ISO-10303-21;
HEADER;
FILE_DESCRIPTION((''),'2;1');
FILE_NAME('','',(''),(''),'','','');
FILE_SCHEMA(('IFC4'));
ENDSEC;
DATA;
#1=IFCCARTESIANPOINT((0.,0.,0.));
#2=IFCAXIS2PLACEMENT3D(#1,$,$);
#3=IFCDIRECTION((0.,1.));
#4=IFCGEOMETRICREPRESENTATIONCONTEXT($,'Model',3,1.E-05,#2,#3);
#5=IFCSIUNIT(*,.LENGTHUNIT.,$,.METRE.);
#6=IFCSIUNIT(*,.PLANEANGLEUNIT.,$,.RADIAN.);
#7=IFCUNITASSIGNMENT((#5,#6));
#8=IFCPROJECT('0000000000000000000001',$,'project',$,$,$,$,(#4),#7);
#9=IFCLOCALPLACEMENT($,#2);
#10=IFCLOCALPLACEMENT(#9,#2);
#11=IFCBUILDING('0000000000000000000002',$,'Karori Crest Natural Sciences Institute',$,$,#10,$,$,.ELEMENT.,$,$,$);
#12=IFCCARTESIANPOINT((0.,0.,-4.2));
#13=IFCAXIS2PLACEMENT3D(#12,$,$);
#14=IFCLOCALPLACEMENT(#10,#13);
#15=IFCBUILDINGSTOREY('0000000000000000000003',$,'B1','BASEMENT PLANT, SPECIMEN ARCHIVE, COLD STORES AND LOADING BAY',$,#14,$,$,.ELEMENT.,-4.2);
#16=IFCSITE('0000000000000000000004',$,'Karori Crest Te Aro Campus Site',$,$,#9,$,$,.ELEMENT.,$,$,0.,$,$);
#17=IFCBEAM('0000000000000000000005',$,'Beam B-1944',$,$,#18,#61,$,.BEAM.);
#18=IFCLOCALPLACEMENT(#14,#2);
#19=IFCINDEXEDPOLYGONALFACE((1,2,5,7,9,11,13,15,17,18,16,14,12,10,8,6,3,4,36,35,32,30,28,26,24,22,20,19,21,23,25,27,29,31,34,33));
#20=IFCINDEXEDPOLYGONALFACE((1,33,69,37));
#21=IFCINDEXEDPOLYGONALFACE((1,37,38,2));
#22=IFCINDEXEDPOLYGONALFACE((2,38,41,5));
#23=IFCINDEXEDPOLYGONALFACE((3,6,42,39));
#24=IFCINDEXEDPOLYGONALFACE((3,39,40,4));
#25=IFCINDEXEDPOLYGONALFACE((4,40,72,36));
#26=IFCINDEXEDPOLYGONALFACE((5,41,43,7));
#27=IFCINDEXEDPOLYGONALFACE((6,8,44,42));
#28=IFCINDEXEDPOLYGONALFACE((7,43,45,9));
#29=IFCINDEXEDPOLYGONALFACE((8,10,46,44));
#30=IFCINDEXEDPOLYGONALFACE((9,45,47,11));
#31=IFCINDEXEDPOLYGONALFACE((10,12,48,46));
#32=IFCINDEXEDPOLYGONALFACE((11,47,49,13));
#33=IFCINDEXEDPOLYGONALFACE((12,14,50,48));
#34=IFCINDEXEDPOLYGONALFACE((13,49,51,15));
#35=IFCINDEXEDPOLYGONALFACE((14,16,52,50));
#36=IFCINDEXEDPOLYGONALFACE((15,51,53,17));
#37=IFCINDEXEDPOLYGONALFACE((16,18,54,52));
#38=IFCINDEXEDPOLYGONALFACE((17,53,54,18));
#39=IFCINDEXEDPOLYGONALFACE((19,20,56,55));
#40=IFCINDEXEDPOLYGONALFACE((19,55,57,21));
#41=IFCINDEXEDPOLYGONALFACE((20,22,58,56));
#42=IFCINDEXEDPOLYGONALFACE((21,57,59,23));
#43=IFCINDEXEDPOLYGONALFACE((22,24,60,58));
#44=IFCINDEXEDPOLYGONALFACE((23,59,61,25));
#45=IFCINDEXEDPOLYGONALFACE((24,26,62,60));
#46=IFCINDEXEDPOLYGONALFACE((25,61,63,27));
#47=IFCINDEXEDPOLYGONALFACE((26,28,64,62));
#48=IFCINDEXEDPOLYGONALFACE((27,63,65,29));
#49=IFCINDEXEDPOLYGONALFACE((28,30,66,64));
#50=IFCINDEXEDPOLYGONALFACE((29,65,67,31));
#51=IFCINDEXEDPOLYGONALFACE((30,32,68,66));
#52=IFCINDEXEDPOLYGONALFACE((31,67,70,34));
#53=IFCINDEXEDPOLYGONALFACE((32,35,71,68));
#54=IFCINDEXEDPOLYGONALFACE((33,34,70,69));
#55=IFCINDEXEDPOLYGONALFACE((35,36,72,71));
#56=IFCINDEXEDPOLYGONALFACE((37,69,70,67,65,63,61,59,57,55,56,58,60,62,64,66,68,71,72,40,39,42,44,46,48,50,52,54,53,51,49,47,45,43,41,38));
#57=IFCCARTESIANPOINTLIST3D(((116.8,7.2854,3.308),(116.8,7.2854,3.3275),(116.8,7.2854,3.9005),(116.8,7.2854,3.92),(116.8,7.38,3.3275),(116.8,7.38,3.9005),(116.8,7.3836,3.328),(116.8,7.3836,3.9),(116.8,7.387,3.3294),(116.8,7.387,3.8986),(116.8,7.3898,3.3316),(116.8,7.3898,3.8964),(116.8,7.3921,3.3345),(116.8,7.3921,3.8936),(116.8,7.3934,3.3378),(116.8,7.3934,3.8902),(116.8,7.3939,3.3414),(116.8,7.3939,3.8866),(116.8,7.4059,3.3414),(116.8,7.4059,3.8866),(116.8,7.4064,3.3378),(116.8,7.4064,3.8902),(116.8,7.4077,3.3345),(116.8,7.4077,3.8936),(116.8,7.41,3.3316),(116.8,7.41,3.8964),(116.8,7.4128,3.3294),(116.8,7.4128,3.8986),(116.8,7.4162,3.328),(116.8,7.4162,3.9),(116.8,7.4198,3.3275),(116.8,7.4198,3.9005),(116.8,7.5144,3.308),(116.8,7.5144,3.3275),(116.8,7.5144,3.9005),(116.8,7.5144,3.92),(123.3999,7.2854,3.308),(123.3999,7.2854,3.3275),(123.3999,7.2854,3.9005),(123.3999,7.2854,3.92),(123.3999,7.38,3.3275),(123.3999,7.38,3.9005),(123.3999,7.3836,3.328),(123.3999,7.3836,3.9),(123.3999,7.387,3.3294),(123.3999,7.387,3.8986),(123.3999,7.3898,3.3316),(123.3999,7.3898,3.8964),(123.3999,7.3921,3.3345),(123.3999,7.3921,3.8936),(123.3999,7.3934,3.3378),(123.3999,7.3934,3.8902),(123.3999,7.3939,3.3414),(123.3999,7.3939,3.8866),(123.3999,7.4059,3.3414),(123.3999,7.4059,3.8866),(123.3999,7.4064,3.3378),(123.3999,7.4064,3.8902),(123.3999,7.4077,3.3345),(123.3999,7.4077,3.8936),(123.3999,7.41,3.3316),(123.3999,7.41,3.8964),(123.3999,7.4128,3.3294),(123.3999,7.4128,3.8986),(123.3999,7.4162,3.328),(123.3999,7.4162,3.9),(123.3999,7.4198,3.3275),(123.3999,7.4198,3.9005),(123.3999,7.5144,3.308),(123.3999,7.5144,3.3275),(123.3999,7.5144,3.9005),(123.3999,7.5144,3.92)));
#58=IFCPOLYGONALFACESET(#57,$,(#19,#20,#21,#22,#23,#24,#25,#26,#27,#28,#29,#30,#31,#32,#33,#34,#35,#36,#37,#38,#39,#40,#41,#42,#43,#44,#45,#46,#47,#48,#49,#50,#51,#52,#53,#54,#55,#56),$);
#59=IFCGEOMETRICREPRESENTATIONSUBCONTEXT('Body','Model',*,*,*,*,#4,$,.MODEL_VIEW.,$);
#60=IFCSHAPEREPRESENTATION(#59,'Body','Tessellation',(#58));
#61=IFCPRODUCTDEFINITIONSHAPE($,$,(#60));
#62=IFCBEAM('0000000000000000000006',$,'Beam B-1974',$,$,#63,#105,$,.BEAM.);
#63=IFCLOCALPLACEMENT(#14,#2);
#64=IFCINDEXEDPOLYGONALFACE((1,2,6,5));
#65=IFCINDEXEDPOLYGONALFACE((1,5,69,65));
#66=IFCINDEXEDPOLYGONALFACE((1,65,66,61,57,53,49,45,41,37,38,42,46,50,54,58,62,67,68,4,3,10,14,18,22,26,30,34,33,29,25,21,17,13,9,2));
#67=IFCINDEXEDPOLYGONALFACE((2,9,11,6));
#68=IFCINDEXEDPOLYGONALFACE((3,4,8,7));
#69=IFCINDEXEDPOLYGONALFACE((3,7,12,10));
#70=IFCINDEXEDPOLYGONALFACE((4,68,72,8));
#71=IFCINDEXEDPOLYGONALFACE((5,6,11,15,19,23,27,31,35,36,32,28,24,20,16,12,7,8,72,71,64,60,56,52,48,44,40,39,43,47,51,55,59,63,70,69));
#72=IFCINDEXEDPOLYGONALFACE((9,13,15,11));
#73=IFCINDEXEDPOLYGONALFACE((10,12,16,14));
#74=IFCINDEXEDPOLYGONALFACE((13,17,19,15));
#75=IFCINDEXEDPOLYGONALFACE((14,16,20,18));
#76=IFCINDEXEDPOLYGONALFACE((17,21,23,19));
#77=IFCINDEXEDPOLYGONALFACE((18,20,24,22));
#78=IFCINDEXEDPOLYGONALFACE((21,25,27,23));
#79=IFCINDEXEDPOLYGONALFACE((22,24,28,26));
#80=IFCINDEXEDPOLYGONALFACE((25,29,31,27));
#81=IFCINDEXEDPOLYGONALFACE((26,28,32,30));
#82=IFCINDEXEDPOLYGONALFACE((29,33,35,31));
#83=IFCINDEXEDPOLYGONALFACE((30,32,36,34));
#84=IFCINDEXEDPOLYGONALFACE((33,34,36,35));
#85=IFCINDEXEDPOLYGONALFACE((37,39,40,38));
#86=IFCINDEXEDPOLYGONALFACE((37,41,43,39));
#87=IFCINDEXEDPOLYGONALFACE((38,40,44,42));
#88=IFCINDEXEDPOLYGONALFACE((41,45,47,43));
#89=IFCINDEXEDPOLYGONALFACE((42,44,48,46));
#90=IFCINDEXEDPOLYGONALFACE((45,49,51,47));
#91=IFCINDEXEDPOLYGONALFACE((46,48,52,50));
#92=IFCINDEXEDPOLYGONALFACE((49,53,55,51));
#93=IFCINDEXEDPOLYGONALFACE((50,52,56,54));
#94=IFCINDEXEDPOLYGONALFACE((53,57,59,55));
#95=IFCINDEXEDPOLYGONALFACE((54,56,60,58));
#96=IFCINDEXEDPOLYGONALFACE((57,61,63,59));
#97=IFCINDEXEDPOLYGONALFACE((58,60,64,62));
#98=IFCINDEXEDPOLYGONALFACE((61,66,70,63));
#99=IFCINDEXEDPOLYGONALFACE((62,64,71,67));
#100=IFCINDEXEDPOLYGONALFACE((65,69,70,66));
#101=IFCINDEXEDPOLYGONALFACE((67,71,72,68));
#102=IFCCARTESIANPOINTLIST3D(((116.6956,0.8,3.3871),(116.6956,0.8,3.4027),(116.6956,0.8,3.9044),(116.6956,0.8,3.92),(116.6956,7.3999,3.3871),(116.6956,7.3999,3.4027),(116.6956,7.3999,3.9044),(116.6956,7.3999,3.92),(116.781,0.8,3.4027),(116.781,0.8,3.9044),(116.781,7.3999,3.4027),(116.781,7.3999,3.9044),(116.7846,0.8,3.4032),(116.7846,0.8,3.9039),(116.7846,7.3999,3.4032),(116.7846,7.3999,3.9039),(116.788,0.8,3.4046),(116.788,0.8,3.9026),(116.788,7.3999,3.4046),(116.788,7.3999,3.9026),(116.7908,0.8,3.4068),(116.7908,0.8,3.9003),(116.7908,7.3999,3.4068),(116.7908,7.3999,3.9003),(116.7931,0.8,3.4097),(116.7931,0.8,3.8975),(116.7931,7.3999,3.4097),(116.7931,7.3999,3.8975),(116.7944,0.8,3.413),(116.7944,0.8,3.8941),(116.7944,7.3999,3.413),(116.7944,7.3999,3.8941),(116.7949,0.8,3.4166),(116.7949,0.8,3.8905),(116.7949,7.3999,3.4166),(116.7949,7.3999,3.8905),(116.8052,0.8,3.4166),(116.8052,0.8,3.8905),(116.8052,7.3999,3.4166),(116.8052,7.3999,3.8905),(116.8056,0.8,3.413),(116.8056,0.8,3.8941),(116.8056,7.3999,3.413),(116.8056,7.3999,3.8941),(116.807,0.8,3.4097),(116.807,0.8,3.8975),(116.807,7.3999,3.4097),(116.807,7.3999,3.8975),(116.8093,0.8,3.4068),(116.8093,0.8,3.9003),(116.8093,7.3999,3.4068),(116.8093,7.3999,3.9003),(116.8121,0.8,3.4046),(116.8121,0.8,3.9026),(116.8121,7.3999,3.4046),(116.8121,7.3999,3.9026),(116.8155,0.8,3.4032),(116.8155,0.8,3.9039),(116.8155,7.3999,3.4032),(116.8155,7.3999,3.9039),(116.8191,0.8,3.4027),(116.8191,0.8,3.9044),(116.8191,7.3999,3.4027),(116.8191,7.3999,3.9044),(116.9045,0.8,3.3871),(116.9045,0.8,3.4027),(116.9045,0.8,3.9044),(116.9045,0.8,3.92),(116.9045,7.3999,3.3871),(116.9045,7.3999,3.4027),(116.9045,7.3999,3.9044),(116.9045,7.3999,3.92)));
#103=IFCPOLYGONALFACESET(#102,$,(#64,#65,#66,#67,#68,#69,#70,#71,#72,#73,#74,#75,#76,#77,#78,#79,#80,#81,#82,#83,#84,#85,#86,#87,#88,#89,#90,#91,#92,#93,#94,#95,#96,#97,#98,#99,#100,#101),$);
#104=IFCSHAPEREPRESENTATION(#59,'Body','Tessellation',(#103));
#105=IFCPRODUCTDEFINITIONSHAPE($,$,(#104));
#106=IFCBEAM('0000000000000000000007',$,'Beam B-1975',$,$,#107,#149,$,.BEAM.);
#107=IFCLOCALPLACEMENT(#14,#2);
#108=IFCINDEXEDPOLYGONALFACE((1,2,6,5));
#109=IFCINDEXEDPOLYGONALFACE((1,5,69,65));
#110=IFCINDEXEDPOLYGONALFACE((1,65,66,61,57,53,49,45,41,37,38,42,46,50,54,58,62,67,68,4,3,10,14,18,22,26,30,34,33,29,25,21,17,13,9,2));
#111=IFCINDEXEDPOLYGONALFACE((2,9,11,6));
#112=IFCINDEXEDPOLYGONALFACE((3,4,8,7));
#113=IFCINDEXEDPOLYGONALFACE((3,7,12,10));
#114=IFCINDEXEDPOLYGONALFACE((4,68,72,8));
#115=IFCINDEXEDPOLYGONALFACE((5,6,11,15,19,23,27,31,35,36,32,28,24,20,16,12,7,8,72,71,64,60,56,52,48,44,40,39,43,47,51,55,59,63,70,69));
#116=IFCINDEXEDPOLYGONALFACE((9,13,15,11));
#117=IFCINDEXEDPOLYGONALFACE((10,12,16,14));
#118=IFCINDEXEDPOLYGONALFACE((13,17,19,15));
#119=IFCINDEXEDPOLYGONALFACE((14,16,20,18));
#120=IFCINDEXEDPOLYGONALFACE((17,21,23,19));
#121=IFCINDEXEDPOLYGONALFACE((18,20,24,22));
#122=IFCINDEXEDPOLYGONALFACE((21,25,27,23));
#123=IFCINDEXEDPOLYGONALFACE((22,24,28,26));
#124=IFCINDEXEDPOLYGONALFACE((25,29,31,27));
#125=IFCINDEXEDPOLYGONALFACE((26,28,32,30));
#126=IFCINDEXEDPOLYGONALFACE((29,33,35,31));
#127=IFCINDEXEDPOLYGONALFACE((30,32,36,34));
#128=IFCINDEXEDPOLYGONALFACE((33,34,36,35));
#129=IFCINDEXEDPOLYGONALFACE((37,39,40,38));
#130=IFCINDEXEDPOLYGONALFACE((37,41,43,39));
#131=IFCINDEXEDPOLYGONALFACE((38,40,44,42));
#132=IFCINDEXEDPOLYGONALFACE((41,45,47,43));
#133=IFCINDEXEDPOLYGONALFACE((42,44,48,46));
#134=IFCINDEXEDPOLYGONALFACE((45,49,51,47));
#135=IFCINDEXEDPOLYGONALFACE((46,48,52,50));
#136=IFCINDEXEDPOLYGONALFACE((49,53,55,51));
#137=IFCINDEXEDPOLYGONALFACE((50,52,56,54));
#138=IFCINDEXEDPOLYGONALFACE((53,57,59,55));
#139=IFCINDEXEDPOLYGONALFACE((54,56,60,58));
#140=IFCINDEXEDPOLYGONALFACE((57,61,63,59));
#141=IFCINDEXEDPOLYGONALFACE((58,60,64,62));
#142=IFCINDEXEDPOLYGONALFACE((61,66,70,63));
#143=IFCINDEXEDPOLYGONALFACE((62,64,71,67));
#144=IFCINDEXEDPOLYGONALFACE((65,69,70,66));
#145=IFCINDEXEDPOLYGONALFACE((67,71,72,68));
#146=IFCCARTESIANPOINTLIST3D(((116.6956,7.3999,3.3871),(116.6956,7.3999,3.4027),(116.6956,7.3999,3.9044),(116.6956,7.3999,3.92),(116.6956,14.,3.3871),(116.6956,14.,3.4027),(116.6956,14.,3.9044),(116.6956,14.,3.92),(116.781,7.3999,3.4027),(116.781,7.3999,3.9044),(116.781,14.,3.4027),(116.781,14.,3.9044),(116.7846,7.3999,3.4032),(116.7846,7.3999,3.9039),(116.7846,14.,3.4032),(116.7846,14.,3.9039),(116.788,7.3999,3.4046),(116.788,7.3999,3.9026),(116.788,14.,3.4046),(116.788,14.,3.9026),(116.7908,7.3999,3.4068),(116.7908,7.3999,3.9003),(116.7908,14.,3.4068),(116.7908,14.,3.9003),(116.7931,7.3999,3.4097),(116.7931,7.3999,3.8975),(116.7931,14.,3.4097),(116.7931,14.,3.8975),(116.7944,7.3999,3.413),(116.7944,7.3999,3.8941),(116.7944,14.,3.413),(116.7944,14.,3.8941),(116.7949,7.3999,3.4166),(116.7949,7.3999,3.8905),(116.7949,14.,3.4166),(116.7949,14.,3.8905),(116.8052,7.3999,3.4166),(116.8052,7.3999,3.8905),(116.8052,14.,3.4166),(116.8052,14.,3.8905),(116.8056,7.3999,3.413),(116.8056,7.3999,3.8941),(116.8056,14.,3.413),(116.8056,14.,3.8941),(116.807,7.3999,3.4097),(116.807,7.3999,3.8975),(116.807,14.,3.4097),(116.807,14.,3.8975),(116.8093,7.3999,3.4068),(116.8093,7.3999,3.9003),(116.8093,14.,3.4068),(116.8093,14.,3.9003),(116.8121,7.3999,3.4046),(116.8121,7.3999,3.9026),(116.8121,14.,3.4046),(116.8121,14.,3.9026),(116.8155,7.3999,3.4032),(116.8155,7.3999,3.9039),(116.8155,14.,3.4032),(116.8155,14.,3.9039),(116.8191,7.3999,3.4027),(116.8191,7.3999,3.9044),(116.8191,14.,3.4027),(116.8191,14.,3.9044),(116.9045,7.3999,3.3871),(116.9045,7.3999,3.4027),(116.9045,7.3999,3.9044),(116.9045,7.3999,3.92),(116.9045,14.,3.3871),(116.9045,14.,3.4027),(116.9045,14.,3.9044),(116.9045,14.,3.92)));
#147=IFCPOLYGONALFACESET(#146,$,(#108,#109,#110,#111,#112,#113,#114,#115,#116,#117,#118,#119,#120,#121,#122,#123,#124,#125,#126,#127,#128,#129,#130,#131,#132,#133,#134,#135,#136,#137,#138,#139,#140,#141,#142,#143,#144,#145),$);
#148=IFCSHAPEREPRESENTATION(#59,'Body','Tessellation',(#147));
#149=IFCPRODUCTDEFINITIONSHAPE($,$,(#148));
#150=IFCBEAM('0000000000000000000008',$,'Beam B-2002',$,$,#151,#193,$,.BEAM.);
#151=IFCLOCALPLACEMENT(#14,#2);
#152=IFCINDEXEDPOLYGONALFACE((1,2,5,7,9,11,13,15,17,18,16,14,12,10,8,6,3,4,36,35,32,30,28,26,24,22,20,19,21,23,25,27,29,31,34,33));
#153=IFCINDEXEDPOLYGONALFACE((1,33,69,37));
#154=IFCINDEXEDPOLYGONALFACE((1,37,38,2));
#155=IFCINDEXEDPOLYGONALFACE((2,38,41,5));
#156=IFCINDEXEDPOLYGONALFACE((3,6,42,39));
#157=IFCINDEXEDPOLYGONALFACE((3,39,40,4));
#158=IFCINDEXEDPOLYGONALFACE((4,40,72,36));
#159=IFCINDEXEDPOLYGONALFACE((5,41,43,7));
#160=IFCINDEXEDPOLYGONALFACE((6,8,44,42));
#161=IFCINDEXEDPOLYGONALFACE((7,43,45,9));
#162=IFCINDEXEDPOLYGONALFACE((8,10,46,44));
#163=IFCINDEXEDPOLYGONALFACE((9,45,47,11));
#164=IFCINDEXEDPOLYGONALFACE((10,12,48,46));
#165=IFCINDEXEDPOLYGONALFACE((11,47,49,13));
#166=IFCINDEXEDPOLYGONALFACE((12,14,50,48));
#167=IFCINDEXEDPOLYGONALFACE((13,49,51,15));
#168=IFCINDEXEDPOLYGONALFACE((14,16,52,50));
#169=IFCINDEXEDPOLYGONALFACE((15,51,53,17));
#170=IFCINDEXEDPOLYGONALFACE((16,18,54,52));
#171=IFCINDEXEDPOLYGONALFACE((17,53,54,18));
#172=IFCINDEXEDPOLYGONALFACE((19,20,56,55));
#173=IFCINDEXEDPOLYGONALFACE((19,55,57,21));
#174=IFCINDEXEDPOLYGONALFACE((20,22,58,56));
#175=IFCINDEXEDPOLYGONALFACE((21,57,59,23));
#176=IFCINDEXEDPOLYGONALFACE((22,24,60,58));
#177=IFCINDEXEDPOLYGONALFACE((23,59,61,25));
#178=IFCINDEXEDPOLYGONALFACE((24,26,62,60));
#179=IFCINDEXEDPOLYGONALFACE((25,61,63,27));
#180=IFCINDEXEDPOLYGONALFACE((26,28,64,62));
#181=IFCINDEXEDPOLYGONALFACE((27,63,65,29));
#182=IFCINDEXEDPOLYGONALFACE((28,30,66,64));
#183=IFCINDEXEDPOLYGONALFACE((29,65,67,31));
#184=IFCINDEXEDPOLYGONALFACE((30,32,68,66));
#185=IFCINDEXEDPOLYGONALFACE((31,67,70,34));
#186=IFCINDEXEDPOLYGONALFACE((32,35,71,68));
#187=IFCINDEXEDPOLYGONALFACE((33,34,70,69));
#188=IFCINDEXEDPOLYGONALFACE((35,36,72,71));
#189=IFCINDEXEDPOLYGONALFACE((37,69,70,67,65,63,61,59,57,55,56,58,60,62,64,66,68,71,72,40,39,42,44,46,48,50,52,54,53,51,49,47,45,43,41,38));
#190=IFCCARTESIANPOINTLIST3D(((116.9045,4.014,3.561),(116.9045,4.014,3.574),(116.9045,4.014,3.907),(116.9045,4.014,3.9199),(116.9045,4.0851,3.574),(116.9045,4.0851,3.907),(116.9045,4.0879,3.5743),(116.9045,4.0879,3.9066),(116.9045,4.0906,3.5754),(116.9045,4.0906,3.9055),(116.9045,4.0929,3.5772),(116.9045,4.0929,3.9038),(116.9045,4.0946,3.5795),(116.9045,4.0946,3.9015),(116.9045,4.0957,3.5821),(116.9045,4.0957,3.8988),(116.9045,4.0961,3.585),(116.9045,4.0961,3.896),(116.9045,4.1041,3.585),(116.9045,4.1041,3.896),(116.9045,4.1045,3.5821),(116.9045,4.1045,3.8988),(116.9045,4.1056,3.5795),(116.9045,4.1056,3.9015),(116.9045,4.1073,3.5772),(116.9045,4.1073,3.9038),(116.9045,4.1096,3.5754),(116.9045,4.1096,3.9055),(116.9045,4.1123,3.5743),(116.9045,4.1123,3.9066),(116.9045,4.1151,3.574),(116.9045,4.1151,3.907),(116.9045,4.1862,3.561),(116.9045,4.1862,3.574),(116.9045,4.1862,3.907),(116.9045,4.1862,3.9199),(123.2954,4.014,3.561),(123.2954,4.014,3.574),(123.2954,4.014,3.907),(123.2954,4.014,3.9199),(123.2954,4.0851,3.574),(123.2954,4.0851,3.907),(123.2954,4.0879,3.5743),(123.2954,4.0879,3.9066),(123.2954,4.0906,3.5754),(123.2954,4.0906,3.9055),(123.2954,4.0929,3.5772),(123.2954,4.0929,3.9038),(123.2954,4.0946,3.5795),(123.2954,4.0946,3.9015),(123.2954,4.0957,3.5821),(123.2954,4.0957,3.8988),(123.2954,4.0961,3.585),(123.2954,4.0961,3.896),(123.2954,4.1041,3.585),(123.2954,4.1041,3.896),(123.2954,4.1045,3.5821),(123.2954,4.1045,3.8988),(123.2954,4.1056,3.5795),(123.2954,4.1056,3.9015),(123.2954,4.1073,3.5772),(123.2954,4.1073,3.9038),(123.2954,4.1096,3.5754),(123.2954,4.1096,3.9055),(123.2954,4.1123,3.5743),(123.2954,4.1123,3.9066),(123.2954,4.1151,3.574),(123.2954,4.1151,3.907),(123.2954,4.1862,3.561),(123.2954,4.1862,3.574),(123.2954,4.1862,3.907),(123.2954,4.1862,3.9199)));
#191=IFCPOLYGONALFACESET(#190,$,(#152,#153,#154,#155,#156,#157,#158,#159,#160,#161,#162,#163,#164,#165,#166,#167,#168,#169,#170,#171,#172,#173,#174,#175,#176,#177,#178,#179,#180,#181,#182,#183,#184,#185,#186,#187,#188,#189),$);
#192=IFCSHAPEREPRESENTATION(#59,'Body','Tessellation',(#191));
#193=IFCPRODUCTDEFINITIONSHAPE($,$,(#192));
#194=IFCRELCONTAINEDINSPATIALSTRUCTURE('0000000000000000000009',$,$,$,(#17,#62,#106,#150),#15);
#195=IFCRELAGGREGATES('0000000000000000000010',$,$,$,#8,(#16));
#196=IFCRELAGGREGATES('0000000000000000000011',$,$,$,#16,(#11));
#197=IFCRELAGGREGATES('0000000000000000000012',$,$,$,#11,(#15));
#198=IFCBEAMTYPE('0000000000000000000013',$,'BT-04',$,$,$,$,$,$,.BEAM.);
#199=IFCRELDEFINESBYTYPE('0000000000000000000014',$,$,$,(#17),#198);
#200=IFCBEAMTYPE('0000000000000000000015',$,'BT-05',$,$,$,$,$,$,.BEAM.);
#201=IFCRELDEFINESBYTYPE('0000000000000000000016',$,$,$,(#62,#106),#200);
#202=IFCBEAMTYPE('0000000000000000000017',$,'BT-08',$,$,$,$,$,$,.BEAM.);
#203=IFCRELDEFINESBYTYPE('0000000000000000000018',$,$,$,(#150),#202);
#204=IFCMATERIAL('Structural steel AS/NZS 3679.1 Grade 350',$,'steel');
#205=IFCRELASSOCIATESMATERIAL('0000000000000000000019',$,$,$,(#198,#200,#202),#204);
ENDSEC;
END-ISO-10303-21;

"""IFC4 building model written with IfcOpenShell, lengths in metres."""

from ifc_helpers import new_model, si_unit, direction, frame, origin, origin_2d, place, context, subcontext, project, spatial, i_section, extrude, material, material_profile, profile_set, type_object, element, save


model = new_model("IFC4")

# Units and contexts
model_context = context("Model", 3, precision=1e-05, world=origin(), true_north=direction((0.0, 1.0)))
body_context = subcontext(model_context, "Body", "Model", "MODEL_VIEW")
ifc_project = project(units=[si_unit("LENGTHUNIT", "METRE"), si_unit("PLANEANGLEUNIT", "RADIAN")], contexts=[model_context])

# Site, building, storey
site_placement = place(None, origin())
site = spatial("IfcSite", under=ifc_project, at=site_placement, Name="Karori Crest Te Aro Campus Site", CompositionType="ELEMENT", RefElevation=0.0)
building_placement = place(site_placement, origin())
building = spatial("IfcBuilding", under=site, at=building_placement, Name="Karori Crest Natural Sciences Institute", CompositionType="ELEMENT")
storey_placement = place(building_placement, frame((0.0, 0.0, -4.2)))
storey = spatial("IfcBuildingStorey", under=building, at=storey_placement, Name="B1", Description="BASEMENT PLANT, SPECIMEN ARCHIVE, COLD STORES AND LOADING BAY", CompositionType="ELEMENT", Elevation=-4.2)

# Shared definitions
ifc_material_1 = material(Name="Structural steel AS/NZS 3679.1 Grade 350", Category="steel")

# Beams
ifc_material_profile_1 = material_profile(ifc_material_1, i_section(OverallWidth=0.229, OverallDepth=0.6121, WebThickness=0.012, FlangeThickness=0.0195, FilletRadius=0.0139, at=origin_2d()), Name="610UB125")
ifc_profile_set_1 = profile_set([ifc_material_profile_1], Name="Structural steel AS/NZS 3679.1 Grade 350")
beam_type_1 = type_object("IfcBeamType", Name="BT-04", PredefinedType="BEAM", material=ifc_profile_set_1)
beam_1_placement = place(storey_placement, frame((116.8, 7.3999, 3.614), z_axis=(1.0, 0.0, 0.0), x_axis=(0.0, 1.0, 0.0)))
element("IfcBeam", 1, at=beam_1_placement, inside=storey, type_object=beam_type_1, Name="Beam B-1944", PredefinedType="BEAM", context=body_context, shape_type="SweptSolid", body=[
    extrude(i_section(OverallWidth=0.229, OverallDepth=0.6121, WebThickness=0.012, FlangeThickness=0.0195, FilletRadius=0.0139, at=origin_2d()), origin(), (0.0, 0.0, 1.0), 6.5999),
])
ifc_material_profile_2 = material_profile(ifc_material_1, i_section(OverallWidth=0.209, OverallDepth=0.533, WebThickness=0.0103, FlangeThickness=0.0156, FilletRadius=0.0139, at=origin_2d()), Name="530UB92.4")
ifc_profile_set_2 = profile_set([ifc_material_profile_2], Name="Structural steel AS/NZS 3679.1 Grade 350")
beam_type_2 = type_object("IfcBeamType", Name="BT-05", PredefinedType="BEAM", material=ifc_profile_set_2)
beam_2_placement = place(storey_placement, frame((116.8, 0.8, 3.6536), z_axis=(0.0, 1.0, 0.0), x_axis=(-1.0, 0.0, 0.0)))
element("IfcBeam", 2, at=beam_2_placement, inside=storey, type_object=beam_type_2, Name="Beam B-1974", PredefinedType="BEAM", context=body_context, shape_type="SweptSolid", body=[
    extrude(i_section(OverallWidth=0.209, OverallDepth=0.533, WebThickness=0.0103, FlangeThickness=0.0156, FilletRadius=0.0139, at=origin_2d()), origin(), (0.0, 0.0, 1.0), 6.5999),
])
beam_3_placement = place(storey_placement, frame((116.8, 7.3999, 3.6536), z_axis=(0.0, 1.0, 0.0), x_axis=(-1.0, 0.0, 0.0)))
element("IfcBeam", 3, at=beam_3_placement, inside=storey, type_object=beam_type_2, Name="Beam B-1975", PredefinedType="BEAM", context=body_context, shape_type="SweptSolid", body=[
    extrude(i_section(OverallWidth=0.209, OverallDepth=0.533, WebThickness=0.0103, FlangeThickness=0.0156, FilletRadius=0.0139, at=origin_2d()), origin(), (0.0, 0.0, 1.0), 6.6001),
])
ifc_material_profile_3 = material_profile(ifc_material_1, i_section(OverallWidth=0.1721, OverallDepth=0.3589, WebThickness=0.0081, FlangeThickness=0.0129, FilletRadius=0.011, at=origin_2d()), Name="360UB56.7")
ifc_profile_set_3 = profile_set([ifc_material_profile_3], Name="Structural steel AS/NZS 3679.1 Grade 350")
beam_type_3 = type_object("IfcBeamType", Name="BT-08", PredefinedType="BEAM", material=ifc_profile_set_3)
beam_4_placement = place(storey_placement, frame((116.9045, 4.1001, 3.7405), z_axis=(1.0, 0.0, 0.0), x_axis=(0.0, 1.0, 0.0)))
element("IfcBeam", 4, at=beam_4_placement, inside=storey, type_object=beam_type_3, Name="Beam B-2002", PredefinedType="BEAM", context=body_context, shape_type="SweptSolid", body=[
    extrude(i_section(OverallWidth=0.1721, OverallDepth=0.3589, WebThickness=0.0081, FlangeThickness=0.0129, FilletRadius=0.011, at=origin_2d()), origin(), (0.0, 0.0, 1.0), 6.3909),
])

save(model, "model.ifc")
